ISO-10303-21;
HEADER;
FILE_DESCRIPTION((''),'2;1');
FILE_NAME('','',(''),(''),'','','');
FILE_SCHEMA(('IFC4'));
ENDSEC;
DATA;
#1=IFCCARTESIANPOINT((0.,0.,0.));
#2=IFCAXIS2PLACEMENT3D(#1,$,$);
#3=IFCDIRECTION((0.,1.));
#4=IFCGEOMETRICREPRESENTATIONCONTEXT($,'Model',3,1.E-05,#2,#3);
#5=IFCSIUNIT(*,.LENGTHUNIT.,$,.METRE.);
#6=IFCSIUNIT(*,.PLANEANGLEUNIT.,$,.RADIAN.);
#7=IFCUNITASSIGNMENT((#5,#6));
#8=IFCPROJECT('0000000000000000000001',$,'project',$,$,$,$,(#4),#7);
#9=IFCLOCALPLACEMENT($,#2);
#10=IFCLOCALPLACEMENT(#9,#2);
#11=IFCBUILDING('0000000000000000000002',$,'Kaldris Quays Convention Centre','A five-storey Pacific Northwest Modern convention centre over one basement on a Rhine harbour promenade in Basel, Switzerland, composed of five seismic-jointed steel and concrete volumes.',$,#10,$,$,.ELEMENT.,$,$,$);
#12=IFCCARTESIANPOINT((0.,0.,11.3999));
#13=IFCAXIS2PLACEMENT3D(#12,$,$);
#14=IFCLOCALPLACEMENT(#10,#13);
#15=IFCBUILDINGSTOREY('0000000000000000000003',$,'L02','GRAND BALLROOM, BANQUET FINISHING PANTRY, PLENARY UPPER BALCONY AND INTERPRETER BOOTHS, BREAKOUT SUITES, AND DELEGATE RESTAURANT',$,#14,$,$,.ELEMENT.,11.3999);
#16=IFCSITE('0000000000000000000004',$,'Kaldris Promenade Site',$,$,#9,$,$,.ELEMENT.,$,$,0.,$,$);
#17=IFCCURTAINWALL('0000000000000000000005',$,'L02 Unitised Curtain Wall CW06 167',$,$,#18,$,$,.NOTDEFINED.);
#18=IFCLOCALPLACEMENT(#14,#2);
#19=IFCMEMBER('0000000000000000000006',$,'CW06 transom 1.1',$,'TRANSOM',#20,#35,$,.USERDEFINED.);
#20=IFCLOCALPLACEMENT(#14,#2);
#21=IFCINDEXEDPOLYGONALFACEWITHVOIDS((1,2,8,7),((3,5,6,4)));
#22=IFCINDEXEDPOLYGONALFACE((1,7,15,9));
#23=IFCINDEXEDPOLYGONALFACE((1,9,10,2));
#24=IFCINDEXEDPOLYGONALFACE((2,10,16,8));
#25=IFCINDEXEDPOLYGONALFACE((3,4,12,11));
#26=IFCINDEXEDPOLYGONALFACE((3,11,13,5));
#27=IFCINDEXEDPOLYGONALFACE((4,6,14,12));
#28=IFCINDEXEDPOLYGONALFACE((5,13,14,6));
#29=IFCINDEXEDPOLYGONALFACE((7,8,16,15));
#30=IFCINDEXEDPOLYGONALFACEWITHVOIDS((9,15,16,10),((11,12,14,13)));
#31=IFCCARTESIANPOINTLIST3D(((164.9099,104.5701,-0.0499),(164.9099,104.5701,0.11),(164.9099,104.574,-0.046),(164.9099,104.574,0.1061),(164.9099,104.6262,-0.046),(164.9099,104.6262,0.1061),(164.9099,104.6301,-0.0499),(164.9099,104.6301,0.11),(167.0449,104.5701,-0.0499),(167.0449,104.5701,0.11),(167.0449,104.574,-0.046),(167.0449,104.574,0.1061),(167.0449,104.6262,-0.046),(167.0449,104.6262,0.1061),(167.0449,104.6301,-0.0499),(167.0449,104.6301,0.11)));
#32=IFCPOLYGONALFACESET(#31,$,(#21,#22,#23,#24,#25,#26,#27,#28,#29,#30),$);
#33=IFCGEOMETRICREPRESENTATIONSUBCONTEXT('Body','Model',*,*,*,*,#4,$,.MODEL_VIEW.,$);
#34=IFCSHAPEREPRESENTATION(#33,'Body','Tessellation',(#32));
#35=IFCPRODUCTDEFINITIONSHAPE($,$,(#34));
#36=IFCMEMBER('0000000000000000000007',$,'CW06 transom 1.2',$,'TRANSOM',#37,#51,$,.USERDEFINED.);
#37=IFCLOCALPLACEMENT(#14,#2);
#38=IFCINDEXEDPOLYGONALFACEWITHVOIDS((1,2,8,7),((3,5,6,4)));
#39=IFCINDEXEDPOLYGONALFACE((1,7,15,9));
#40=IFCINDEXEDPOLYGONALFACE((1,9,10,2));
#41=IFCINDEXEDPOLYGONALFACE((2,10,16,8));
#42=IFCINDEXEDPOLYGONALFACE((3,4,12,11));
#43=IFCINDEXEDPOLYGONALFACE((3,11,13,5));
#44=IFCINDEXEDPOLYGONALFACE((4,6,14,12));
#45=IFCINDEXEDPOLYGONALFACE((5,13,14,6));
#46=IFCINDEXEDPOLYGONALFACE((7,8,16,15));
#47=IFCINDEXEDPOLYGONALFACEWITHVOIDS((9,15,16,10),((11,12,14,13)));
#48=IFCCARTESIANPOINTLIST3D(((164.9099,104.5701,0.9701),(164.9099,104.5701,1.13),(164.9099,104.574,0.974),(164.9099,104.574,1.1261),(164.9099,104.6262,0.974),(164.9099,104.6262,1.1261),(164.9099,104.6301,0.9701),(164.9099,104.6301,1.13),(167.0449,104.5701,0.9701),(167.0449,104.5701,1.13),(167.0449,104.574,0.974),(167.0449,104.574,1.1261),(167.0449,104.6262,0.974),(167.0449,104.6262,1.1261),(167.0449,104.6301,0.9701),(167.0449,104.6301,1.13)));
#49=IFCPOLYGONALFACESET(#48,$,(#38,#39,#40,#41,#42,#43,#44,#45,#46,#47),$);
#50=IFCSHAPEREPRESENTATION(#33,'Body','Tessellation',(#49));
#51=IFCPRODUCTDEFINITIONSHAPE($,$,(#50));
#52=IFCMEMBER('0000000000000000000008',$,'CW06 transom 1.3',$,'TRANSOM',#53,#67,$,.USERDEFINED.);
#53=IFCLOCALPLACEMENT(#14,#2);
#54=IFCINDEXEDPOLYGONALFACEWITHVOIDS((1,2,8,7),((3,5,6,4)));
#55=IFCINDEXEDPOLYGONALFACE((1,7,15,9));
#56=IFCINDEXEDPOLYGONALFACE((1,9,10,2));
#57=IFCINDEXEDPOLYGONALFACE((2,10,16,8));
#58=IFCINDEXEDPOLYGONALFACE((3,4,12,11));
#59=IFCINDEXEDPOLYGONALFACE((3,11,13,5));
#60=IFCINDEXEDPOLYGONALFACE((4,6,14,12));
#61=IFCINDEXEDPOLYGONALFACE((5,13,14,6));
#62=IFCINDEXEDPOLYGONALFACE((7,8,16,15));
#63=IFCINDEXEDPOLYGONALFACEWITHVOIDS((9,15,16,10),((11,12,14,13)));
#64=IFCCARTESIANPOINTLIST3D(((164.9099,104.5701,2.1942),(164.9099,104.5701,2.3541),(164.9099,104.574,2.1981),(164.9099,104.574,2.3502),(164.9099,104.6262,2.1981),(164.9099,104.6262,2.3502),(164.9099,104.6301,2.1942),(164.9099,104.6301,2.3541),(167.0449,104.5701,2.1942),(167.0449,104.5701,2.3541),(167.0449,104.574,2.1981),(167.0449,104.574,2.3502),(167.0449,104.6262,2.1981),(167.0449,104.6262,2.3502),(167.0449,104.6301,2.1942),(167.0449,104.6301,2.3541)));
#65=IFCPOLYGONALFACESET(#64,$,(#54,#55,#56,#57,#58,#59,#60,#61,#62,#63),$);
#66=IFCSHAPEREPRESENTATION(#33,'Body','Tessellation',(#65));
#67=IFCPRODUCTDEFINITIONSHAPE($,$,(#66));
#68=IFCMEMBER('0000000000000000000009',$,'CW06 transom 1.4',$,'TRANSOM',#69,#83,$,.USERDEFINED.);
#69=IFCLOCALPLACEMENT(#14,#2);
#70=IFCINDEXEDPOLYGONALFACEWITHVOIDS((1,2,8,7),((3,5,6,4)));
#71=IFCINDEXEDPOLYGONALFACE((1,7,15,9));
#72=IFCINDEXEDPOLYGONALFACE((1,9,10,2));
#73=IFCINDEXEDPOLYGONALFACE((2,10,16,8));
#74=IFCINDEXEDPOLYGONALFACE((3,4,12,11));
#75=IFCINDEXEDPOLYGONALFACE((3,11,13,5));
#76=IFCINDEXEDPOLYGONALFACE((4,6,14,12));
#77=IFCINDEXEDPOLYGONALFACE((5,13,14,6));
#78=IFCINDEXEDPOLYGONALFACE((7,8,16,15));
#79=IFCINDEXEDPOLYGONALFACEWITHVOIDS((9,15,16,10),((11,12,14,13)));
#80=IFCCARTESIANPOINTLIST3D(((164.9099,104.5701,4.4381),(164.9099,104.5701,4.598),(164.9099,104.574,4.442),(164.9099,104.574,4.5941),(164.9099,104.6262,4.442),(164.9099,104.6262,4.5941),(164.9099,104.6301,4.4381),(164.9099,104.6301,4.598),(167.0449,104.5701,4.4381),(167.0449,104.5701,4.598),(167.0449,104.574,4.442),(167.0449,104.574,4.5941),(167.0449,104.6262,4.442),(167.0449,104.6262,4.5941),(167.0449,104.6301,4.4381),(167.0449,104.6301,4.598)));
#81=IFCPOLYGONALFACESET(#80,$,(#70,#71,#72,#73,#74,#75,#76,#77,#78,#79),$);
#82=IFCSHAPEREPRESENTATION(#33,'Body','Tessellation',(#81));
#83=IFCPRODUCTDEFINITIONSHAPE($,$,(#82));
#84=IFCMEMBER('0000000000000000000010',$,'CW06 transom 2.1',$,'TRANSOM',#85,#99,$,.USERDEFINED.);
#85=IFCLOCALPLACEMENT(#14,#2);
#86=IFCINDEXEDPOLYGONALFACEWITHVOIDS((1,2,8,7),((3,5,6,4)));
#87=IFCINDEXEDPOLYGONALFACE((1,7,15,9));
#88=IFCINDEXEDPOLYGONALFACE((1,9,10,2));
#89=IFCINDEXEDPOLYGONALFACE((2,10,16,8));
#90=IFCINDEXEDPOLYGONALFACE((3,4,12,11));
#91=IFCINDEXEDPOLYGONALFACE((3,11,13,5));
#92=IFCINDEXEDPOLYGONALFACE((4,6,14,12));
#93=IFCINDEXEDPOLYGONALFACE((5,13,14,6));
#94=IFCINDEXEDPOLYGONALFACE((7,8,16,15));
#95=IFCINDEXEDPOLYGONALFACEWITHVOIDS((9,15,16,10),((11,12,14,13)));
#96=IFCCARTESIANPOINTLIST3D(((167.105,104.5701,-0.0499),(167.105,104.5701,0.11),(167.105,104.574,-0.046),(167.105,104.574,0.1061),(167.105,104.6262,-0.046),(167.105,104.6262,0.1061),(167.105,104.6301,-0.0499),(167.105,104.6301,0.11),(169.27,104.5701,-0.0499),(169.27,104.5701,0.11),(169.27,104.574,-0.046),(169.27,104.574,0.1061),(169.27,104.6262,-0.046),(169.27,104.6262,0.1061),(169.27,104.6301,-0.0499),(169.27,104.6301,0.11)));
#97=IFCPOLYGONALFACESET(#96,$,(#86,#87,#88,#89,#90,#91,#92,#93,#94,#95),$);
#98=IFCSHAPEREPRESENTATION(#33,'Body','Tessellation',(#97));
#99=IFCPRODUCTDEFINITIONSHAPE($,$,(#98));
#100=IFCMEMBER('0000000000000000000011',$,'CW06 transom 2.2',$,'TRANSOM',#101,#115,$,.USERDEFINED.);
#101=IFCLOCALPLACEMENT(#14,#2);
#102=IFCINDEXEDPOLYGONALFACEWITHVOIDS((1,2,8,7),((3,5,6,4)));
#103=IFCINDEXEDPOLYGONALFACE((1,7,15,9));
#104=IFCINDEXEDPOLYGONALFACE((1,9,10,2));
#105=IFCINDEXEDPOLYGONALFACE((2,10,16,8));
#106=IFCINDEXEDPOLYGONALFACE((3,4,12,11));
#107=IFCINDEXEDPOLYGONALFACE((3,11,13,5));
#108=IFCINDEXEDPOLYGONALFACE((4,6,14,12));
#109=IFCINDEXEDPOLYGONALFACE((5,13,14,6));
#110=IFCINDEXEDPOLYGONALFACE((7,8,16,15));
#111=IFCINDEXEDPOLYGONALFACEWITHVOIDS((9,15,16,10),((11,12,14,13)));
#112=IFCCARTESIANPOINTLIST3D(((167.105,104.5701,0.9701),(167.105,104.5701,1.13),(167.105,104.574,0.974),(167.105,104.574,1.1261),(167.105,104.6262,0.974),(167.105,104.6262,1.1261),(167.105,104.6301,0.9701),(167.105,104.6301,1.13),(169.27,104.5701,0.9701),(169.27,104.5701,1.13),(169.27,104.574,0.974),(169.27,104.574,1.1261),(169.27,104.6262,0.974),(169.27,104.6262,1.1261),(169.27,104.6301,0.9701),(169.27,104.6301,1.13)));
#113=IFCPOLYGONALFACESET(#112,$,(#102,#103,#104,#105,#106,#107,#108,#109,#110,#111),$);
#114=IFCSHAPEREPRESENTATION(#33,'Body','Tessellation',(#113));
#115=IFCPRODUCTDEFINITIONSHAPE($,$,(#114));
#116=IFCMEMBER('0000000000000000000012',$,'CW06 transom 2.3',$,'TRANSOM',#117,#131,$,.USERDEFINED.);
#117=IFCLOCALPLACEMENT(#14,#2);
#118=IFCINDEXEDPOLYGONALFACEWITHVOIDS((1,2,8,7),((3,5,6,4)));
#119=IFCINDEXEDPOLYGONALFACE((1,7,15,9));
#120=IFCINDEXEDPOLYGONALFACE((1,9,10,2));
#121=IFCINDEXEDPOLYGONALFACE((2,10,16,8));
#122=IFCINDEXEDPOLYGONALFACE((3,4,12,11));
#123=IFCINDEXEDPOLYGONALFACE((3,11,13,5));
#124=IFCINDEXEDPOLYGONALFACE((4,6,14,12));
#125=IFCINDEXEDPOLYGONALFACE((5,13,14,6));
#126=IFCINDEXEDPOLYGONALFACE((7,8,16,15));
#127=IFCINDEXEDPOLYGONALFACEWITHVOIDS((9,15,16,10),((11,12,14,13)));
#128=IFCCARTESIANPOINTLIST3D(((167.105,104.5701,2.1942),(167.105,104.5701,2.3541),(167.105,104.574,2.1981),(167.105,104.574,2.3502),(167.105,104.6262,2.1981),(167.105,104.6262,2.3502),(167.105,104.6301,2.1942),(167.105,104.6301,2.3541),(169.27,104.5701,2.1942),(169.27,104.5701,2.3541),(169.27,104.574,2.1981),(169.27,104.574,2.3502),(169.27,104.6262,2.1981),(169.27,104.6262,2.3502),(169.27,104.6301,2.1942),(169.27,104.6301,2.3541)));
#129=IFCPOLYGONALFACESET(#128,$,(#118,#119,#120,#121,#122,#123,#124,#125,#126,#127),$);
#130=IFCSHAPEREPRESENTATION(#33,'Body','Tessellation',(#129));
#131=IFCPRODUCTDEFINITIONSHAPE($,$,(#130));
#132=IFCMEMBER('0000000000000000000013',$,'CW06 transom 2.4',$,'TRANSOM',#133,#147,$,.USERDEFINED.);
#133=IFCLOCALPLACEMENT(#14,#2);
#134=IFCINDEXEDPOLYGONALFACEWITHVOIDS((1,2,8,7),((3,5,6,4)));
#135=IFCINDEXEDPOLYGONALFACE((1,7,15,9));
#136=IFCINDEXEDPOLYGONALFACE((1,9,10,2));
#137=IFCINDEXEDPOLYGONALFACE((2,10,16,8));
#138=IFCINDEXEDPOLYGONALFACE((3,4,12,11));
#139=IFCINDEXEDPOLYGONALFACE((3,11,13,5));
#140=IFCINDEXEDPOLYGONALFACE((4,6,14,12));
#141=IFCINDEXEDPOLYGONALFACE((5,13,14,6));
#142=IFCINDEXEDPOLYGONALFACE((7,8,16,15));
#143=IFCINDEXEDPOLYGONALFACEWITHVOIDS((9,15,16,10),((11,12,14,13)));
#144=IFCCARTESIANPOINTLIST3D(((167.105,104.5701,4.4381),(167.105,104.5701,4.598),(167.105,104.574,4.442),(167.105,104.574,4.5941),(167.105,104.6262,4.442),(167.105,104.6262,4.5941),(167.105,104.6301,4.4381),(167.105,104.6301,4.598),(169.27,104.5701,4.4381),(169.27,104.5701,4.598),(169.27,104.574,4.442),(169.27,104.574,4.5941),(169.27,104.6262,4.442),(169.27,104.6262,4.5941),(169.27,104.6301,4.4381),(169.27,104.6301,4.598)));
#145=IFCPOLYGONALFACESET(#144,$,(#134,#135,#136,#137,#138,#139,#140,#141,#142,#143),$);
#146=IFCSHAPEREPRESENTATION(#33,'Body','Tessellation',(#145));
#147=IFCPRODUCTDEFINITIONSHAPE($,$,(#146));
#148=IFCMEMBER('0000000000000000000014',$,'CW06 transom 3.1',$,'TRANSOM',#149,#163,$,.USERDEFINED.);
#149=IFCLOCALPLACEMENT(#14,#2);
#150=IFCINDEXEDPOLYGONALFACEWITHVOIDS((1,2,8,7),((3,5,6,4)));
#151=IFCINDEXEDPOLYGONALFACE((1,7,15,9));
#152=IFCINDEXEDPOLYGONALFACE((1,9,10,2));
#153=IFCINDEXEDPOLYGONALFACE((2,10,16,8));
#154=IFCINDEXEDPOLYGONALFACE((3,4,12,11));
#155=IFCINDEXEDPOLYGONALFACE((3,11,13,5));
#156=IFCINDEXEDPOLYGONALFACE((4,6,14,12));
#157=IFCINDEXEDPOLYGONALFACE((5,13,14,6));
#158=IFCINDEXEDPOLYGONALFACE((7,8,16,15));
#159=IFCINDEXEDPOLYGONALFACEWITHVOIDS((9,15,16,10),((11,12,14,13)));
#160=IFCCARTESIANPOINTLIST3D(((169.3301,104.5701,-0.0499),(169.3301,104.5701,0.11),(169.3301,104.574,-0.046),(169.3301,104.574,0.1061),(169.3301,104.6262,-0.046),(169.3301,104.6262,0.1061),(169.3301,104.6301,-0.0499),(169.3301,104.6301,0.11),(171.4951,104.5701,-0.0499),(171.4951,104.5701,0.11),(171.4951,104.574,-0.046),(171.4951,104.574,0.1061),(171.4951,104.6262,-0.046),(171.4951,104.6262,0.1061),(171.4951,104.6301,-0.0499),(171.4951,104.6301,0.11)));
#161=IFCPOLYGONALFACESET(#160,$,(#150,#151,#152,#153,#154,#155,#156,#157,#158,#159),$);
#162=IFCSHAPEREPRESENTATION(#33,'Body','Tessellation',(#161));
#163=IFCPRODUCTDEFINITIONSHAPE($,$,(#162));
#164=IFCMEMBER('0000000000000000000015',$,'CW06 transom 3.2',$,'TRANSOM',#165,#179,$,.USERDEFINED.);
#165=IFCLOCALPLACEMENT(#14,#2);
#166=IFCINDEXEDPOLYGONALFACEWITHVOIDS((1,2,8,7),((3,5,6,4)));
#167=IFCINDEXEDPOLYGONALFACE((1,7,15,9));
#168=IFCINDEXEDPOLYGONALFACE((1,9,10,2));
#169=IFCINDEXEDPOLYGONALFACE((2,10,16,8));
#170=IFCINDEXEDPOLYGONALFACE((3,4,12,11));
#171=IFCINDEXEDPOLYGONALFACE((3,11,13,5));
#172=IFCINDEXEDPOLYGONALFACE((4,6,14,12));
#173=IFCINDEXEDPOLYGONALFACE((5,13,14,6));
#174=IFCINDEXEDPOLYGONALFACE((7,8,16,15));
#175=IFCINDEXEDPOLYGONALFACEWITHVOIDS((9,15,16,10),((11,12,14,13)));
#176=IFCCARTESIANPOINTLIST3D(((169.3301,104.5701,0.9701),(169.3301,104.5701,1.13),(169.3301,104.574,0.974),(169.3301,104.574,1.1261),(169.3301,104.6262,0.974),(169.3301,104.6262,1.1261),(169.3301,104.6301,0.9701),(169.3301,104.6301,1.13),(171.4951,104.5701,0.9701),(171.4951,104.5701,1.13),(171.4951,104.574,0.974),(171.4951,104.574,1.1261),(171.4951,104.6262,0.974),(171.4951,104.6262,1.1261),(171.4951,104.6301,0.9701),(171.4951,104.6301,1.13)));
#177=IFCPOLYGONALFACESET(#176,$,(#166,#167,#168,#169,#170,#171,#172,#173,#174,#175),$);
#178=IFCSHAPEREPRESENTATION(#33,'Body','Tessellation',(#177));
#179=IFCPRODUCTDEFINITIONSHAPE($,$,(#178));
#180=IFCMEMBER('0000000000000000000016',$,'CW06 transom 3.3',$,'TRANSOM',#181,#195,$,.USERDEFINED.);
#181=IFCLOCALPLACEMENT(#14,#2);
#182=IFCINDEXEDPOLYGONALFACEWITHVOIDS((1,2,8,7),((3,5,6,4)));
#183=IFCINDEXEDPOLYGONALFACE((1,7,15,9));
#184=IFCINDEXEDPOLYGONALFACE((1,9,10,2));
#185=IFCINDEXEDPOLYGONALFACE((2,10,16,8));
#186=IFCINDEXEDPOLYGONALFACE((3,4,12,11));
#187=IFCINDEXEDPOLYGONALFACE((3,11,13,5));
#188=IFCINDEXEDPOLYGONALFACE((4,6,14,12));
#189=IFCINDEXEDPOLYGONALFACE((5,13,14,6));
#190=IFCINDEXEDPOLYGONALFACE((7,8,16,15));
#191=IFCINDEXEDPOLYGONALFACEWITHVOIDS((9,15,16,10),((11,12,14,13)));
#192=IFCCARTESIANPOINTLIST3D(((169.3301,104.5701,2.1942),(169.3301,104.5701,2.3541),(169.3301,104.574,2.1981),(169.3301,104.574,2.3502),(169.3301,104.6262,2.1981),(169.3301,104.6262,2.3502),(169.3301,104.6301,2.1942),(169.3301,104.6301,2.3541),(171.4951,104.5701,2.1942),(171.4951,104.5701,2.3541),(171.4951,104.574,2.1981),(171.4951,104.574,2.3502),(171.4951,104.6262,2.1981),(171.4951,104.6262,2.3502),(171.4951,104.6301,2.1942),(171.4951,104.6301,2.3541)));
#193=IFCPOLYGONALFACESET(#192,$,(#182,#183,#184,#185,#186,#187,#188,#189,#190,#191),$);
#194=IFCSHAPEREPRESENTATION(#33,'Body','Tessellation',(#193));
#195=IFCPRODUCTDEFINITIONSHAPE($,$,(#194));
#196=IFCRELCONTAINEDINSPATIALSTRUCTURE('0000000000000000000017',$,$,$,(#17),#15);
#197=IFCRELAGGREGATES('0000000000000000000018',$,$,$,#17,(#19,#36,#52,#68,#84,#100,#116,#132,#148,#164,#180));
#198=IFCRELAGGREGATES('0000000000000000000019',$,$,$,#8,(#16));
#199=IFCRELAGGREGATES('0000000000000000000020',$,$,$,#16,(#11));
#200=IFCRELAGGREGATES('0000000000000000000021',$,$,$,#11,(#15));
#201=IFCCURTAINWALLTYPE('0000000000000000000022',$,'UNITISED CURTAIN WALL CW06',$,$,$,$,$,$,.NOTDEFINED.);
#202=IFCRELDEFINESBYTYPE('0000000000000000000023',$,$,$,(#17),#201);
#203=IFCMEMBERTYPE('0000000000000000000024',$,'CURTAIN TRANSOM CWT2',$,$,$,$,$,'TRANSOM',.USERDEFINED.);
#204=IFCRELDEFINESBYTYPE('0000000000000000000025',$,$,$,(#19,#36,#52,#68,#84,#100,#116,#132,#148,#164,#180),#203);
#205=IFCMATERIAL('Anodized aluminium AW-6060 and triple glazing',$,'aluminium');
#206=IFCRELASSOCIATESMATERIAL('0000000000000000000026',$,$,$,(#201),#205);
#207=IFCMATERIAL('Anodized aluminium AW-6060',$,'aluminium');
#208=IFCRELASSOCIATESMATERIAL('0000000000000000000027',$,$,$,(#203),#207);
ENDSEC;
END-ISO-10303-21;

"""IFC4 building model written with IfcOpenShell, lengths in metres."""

from ifc_helpers import new_model, si_unit, direction, frame, origin, origin_2d, place, context, subcontext, project, spatial, hollow_rectangle, extrude, material, material_profile, profile_set, type_object, element, aggregate, save


model = new_model("IFC4")

# Units and contexts
model_context = context("Model", 3, precision=1e-05, world=origin(), true_north=direction((0.0, 1.0)))
body_context = subcontext(model_context, "Body", "Model", "MODEL_VIEW")
ifc_project = project(units=[si_unit("LENGTHUNIT", "METRE"), si_unit("PLANEANGLEUNIT", "RADIAN")], contexts=[model_context])

# Site, building, storey
site_placement = place(None, origin())
site = spatial("IfcSite", under=ifc_project, at=site_placement, Name="Kaldris Promenade Site", CompositionType="ELEMENT", RefElevation=0.0)
building_placement = place(site_placement, origin())
building = spatial("IfcBuilding", under=site, at=building_placement, Name="Kaldris Quays Convention Centre", Description="A five-storey Pacific Northwest Modern convention centre over one basement on a Rhine harbour promenade in Basel, Switzerland, composed of five seismic-jointed steel and concrete volumes.", CompositionType="ELEMENT")
storey_placement = place(building_placement, frame((0.0, 0.0, 11.3999)))
storey = spatial("IfcBuildingStorey", under=building, at=storey_placement, Name="L02", Description="GRAND BALLROOM, BANQUET FINISHING PANTRY, PLENARY UPPER BALCONY AND INTERPRETER BOOTHS, BREAKOUT SUITES, AND DELEGATE RESTAURANT", CompositionType="ELEMENT", Elevation=11.3999)

# Curtain wall, members
ifc_material_1 = material(Name="Anodized aluminium AW-6060 and triple glazing", Category="aluminium")
curtain_wall_type = type_object("IfcCurtainWallType", Name="UNITISED CURTAIN WALL CW06", PredefinedType="NOTDEFINED", material=ifc_material_1)
curtain_wall_placement = place(storey_placement, origin())
curtain_wall = element("IfcCurtainWall", 1, at=curtain_wall_placement, inside=storey, type_object=curtain_wall_type, Name="L02 Unitised Curtain Wall CW06 167", PredefinedType="NOTDEFINED")
ifc_material_2 = material(Name="Anodized aluminium AW-6060", Category="aluminium")
ifc_material_profile_1 = material_profile(ifc_material_2, hollow_rectangle(XDim=0.0601, YDim=0.1599, WallThickness=0.0039, at=origin_2d()), Name="RHS 160x60x4")
ifc_profile_set_1 = profile_set([ifc_material_profile_1], Name="Anodized aluminium AW-6060")
member_type_1 = type_object("IfcMemberType", Name="CURTAIN TRANSOM CWT2", ElementType="TRANSOM", PredefinedType="USERDEFINED", material=ifc_profile_set_1)
member_1_placement = place(storey_placement, frame((164.9099, 104.6001, 0.03), z_axis=(1.0, 0.0, 0.0), x_axis=(0.0, 1.0, 0.0)))
member_1 = element("IfcMember", 2, at=member_1_placement, type_object=member_type_1, Name="CW06 transom 1.1", ObjectType="TRANSOM", PredefinedType="USERDEFINED", context=body_context, shape_type="SweptSolid", body=[
    extrude(hollow_rectangle(XDim=0.0601, YDim=0.1599, WallThickness=0.0039, at=origin_2d()), origin(), (0.0, 0.0, 1.0), 2.135),
])
member_2_placement = place(storey_placement, frame((164.9099, 104.6001, 1.05), z_axis=(1.0, 0.0, 0.0), x_axis=(0.0, 1.0, 0.0)))
member_2 = element("IfcMember", 3, at=member_2_placement, type_object=member_type_1, Name="CW06 transom 1.2", ObjectType="TRANSOM", PredefinedType="USERDEFINED", context=body_context, shape_type="SweptSolid", body=[
    extrude(hollow_rectangle(XDim=0.0601, YDim=0.1599, WallThickness=0.0039, at=origin_2d()), origin(), (0.0, 0.0, 1.0), 2.135),
])
member_3_placement = place(storey_placement, frame((164.9099, 104.6001, 2.2742), z_axis=(1.0, 0.0, 0.0), x_axis=(0.0, 1.0, 0.0)))
member_3 = element("IfcMember", 4, at=member_3_placement, type_object=member_type_1, Name="CW06 transom 1.3", ObjectType="TRANSOM", PredefinedType="USERDEFINED", context=body_context, shape_type="SweptSolid", body=[
    extrude(hollow_rectangle(XDim=0.0601, YDim=0.1599, WallThickness=0.0039, at=origin_2d()), origin(), (0.0, 0.0, 1.0), 2.135),
])
member_4_placement = place(storey_placement, frame((164.9099, 104.6001, 4.5181), z_axis=(1.0, 0.0, 0.0), x_axis=(0.0, 1.0, 0.0)))
member_4 = element("IfcMember", 5, at=member_4_placement, type_object=member_type_1, Name="CW06 transom 1.4", ObjectType="TRANSOM", PredefinedType="USERDEFINED", context=body_context, shape_type="SweptSolid", body=[
    extrude(hollow_rectangle(XDim=0.0601, YDim=0.1599, WallThickness=0.0039, at=origin_2d()), origin(), (0.0, 0.0, 1.0), 2.135),
])
member_5_placement = place(storey_placement, frame((167.105, 104.6001, 0.03), z_axis=(1.0, 0.0, 0.0), x_axis=(0.0, 1.0, 0.0)))
member_5 = element("IfcMember", 6, at=member_5_placement, type_object=member_type_1, Name="CW06 transom 2.1", ObjectType="TRANSOM", PredefinedType="USERDEFINED", context=body_context, shape_type="SweptSolid", body=[
    extrude(hollow_rectangle(XDim=0.0601, YDim=0.1599, WallThickness=0.0039, at=origin_2d()), origin(), (0.0, 0.0, 1.0), 2.165),
])
member_6_placement = place(storey_placement, frame((167.105, 104.6001, 1.05), z_axis=(1.0, 0.0, 0.0), x_axis=(0.0, 1.0, 0.0)))
member_6 = element("IfcMember", 7, at=member_6_placement, type_object=member_type_1, Name="CW06 transom 2.2", ObjectType="TRANSOM", PredefinedType="USERDEFINED", context=body_context, shape_type="SweptSolid", body=[
    extrude(hollow_rectangle(XDim=0.0601, YDim=0.1599, WallThickness=0.0039, at=origin_2d()), origin(), (0.0, 0.0, 1.0), 2.165),
])
member_7_placement = place(storey_placement, frame((167.105, 104.6001, 2.2742), z_axis=(1.0, 0.0, 0.0), x_axis=(0.0, 1.0, 0.0)))
member_7 = element("IfcMember", 8, at=member_7_placement, type_object=member_type_1, Name="CW06 transom 2.3", ObjectType="TRANSOM", PredefinedType="USERDEFINED", context=body_context, shape_type="SweptSolid", body=[
    extrude(hollow_rectangle(XDim=0.0601, YDim=0.1599, WallThickness=0.0039, at=origin_2d()), origin(), (0.0, 0.0, 1.0), 2.165),
])
member_8_placement = place(storey_placement, frame((167.105, 104.6001, 4.5181), z_axis=(1.0, 0.0, 0.0), x_axis=(0.0, 1.0, 0.0)))
member_8 = element("IfcMember", 9, at=member_8_placement, type_object=member_type_1, Name="CW06 transom 2.4", ObjectType="TRANSOM", PredefinedType="USERDEFINED", context=body_context, shape_type="SweptSolid", body=[
    extrude(hollow_rectangle(XDim=0.0601, YDim=0.1599, WallThickness=0.0039, at=origin_2d()), origin(), (0.0, 0.0, 1.0), 2.165),
])
member_9_placement = place(storey_placement, frame((169.3301, 104.6001, 0.03), z_axis=(1.0, 0.0, 0.0), x_axis=(0.0, 1.0, 0.0)))
member_9 = element("IfcMember", 10, at=member_9_placement, type_object=member_type_1, Name="CW06 transom 3.1", ObjectType="TRANSOM", PredefinedType="USERDEFINED", context=body_context, shape_type="SweptSolid", body=[
    extrude(hollow_rectangle(XDim=0.0601, YDim=0.1599, WallThickness=0.0039, at=origin_2d()), origin(), (0.0, 0.0, 1.0), 2.165),
])
member_10_placement = place(storey_placement, frame((169.3301, 104.6001, 1.05), z_axis=(1.0, 0.0, 0.0), x_axis=(0.0, 1.0, 0.0)))
member_10 = element("IfcMember", 11, at=member_10_placement, type_object=member_type_1, Name="CW06 transom 3.2", ObjectType="TRANSOM", PredefinedType="USERDEFINED", context=body_context, shape_type="SweptSolid", body=[
    extrude(hollow_rectangle(XDim=0.0601, YDim=0.1599, WallThickness=0.0039, at=origin_2d()), origin(), (0.0, 0.0, 1.0), 2.165),
])
member_11_placement = place(storey_placement, frame((169.3301, 104.6001, 2.2742), z_axis=(1.0, 0.0, 0.0), x_axis=(0.0, 1.0, 0.0)))
member_11 = element("IfcMember", 12, at=member_11_placement, type_object=member_type_1, Name="CW06 transom 3.3", ObjectType="TRANSOM", PredefinedType="USERDEFINED", context=body_context, shape_type="SweptSolid", body=[
    extrude(hollow_rectangle(XDim=0.0601, YDim=0.1599, WallThickness=0.0039, at=origin_2d()), origin(), (0.0, 0.0, 1.0), 2.165),
])

aggregate(curtain_wall, [member_1, member_2, member_3, member_4, member_5, member_6, member_7, member_8, member_9, member_10, member_11])

save(model, "model.ifc")
